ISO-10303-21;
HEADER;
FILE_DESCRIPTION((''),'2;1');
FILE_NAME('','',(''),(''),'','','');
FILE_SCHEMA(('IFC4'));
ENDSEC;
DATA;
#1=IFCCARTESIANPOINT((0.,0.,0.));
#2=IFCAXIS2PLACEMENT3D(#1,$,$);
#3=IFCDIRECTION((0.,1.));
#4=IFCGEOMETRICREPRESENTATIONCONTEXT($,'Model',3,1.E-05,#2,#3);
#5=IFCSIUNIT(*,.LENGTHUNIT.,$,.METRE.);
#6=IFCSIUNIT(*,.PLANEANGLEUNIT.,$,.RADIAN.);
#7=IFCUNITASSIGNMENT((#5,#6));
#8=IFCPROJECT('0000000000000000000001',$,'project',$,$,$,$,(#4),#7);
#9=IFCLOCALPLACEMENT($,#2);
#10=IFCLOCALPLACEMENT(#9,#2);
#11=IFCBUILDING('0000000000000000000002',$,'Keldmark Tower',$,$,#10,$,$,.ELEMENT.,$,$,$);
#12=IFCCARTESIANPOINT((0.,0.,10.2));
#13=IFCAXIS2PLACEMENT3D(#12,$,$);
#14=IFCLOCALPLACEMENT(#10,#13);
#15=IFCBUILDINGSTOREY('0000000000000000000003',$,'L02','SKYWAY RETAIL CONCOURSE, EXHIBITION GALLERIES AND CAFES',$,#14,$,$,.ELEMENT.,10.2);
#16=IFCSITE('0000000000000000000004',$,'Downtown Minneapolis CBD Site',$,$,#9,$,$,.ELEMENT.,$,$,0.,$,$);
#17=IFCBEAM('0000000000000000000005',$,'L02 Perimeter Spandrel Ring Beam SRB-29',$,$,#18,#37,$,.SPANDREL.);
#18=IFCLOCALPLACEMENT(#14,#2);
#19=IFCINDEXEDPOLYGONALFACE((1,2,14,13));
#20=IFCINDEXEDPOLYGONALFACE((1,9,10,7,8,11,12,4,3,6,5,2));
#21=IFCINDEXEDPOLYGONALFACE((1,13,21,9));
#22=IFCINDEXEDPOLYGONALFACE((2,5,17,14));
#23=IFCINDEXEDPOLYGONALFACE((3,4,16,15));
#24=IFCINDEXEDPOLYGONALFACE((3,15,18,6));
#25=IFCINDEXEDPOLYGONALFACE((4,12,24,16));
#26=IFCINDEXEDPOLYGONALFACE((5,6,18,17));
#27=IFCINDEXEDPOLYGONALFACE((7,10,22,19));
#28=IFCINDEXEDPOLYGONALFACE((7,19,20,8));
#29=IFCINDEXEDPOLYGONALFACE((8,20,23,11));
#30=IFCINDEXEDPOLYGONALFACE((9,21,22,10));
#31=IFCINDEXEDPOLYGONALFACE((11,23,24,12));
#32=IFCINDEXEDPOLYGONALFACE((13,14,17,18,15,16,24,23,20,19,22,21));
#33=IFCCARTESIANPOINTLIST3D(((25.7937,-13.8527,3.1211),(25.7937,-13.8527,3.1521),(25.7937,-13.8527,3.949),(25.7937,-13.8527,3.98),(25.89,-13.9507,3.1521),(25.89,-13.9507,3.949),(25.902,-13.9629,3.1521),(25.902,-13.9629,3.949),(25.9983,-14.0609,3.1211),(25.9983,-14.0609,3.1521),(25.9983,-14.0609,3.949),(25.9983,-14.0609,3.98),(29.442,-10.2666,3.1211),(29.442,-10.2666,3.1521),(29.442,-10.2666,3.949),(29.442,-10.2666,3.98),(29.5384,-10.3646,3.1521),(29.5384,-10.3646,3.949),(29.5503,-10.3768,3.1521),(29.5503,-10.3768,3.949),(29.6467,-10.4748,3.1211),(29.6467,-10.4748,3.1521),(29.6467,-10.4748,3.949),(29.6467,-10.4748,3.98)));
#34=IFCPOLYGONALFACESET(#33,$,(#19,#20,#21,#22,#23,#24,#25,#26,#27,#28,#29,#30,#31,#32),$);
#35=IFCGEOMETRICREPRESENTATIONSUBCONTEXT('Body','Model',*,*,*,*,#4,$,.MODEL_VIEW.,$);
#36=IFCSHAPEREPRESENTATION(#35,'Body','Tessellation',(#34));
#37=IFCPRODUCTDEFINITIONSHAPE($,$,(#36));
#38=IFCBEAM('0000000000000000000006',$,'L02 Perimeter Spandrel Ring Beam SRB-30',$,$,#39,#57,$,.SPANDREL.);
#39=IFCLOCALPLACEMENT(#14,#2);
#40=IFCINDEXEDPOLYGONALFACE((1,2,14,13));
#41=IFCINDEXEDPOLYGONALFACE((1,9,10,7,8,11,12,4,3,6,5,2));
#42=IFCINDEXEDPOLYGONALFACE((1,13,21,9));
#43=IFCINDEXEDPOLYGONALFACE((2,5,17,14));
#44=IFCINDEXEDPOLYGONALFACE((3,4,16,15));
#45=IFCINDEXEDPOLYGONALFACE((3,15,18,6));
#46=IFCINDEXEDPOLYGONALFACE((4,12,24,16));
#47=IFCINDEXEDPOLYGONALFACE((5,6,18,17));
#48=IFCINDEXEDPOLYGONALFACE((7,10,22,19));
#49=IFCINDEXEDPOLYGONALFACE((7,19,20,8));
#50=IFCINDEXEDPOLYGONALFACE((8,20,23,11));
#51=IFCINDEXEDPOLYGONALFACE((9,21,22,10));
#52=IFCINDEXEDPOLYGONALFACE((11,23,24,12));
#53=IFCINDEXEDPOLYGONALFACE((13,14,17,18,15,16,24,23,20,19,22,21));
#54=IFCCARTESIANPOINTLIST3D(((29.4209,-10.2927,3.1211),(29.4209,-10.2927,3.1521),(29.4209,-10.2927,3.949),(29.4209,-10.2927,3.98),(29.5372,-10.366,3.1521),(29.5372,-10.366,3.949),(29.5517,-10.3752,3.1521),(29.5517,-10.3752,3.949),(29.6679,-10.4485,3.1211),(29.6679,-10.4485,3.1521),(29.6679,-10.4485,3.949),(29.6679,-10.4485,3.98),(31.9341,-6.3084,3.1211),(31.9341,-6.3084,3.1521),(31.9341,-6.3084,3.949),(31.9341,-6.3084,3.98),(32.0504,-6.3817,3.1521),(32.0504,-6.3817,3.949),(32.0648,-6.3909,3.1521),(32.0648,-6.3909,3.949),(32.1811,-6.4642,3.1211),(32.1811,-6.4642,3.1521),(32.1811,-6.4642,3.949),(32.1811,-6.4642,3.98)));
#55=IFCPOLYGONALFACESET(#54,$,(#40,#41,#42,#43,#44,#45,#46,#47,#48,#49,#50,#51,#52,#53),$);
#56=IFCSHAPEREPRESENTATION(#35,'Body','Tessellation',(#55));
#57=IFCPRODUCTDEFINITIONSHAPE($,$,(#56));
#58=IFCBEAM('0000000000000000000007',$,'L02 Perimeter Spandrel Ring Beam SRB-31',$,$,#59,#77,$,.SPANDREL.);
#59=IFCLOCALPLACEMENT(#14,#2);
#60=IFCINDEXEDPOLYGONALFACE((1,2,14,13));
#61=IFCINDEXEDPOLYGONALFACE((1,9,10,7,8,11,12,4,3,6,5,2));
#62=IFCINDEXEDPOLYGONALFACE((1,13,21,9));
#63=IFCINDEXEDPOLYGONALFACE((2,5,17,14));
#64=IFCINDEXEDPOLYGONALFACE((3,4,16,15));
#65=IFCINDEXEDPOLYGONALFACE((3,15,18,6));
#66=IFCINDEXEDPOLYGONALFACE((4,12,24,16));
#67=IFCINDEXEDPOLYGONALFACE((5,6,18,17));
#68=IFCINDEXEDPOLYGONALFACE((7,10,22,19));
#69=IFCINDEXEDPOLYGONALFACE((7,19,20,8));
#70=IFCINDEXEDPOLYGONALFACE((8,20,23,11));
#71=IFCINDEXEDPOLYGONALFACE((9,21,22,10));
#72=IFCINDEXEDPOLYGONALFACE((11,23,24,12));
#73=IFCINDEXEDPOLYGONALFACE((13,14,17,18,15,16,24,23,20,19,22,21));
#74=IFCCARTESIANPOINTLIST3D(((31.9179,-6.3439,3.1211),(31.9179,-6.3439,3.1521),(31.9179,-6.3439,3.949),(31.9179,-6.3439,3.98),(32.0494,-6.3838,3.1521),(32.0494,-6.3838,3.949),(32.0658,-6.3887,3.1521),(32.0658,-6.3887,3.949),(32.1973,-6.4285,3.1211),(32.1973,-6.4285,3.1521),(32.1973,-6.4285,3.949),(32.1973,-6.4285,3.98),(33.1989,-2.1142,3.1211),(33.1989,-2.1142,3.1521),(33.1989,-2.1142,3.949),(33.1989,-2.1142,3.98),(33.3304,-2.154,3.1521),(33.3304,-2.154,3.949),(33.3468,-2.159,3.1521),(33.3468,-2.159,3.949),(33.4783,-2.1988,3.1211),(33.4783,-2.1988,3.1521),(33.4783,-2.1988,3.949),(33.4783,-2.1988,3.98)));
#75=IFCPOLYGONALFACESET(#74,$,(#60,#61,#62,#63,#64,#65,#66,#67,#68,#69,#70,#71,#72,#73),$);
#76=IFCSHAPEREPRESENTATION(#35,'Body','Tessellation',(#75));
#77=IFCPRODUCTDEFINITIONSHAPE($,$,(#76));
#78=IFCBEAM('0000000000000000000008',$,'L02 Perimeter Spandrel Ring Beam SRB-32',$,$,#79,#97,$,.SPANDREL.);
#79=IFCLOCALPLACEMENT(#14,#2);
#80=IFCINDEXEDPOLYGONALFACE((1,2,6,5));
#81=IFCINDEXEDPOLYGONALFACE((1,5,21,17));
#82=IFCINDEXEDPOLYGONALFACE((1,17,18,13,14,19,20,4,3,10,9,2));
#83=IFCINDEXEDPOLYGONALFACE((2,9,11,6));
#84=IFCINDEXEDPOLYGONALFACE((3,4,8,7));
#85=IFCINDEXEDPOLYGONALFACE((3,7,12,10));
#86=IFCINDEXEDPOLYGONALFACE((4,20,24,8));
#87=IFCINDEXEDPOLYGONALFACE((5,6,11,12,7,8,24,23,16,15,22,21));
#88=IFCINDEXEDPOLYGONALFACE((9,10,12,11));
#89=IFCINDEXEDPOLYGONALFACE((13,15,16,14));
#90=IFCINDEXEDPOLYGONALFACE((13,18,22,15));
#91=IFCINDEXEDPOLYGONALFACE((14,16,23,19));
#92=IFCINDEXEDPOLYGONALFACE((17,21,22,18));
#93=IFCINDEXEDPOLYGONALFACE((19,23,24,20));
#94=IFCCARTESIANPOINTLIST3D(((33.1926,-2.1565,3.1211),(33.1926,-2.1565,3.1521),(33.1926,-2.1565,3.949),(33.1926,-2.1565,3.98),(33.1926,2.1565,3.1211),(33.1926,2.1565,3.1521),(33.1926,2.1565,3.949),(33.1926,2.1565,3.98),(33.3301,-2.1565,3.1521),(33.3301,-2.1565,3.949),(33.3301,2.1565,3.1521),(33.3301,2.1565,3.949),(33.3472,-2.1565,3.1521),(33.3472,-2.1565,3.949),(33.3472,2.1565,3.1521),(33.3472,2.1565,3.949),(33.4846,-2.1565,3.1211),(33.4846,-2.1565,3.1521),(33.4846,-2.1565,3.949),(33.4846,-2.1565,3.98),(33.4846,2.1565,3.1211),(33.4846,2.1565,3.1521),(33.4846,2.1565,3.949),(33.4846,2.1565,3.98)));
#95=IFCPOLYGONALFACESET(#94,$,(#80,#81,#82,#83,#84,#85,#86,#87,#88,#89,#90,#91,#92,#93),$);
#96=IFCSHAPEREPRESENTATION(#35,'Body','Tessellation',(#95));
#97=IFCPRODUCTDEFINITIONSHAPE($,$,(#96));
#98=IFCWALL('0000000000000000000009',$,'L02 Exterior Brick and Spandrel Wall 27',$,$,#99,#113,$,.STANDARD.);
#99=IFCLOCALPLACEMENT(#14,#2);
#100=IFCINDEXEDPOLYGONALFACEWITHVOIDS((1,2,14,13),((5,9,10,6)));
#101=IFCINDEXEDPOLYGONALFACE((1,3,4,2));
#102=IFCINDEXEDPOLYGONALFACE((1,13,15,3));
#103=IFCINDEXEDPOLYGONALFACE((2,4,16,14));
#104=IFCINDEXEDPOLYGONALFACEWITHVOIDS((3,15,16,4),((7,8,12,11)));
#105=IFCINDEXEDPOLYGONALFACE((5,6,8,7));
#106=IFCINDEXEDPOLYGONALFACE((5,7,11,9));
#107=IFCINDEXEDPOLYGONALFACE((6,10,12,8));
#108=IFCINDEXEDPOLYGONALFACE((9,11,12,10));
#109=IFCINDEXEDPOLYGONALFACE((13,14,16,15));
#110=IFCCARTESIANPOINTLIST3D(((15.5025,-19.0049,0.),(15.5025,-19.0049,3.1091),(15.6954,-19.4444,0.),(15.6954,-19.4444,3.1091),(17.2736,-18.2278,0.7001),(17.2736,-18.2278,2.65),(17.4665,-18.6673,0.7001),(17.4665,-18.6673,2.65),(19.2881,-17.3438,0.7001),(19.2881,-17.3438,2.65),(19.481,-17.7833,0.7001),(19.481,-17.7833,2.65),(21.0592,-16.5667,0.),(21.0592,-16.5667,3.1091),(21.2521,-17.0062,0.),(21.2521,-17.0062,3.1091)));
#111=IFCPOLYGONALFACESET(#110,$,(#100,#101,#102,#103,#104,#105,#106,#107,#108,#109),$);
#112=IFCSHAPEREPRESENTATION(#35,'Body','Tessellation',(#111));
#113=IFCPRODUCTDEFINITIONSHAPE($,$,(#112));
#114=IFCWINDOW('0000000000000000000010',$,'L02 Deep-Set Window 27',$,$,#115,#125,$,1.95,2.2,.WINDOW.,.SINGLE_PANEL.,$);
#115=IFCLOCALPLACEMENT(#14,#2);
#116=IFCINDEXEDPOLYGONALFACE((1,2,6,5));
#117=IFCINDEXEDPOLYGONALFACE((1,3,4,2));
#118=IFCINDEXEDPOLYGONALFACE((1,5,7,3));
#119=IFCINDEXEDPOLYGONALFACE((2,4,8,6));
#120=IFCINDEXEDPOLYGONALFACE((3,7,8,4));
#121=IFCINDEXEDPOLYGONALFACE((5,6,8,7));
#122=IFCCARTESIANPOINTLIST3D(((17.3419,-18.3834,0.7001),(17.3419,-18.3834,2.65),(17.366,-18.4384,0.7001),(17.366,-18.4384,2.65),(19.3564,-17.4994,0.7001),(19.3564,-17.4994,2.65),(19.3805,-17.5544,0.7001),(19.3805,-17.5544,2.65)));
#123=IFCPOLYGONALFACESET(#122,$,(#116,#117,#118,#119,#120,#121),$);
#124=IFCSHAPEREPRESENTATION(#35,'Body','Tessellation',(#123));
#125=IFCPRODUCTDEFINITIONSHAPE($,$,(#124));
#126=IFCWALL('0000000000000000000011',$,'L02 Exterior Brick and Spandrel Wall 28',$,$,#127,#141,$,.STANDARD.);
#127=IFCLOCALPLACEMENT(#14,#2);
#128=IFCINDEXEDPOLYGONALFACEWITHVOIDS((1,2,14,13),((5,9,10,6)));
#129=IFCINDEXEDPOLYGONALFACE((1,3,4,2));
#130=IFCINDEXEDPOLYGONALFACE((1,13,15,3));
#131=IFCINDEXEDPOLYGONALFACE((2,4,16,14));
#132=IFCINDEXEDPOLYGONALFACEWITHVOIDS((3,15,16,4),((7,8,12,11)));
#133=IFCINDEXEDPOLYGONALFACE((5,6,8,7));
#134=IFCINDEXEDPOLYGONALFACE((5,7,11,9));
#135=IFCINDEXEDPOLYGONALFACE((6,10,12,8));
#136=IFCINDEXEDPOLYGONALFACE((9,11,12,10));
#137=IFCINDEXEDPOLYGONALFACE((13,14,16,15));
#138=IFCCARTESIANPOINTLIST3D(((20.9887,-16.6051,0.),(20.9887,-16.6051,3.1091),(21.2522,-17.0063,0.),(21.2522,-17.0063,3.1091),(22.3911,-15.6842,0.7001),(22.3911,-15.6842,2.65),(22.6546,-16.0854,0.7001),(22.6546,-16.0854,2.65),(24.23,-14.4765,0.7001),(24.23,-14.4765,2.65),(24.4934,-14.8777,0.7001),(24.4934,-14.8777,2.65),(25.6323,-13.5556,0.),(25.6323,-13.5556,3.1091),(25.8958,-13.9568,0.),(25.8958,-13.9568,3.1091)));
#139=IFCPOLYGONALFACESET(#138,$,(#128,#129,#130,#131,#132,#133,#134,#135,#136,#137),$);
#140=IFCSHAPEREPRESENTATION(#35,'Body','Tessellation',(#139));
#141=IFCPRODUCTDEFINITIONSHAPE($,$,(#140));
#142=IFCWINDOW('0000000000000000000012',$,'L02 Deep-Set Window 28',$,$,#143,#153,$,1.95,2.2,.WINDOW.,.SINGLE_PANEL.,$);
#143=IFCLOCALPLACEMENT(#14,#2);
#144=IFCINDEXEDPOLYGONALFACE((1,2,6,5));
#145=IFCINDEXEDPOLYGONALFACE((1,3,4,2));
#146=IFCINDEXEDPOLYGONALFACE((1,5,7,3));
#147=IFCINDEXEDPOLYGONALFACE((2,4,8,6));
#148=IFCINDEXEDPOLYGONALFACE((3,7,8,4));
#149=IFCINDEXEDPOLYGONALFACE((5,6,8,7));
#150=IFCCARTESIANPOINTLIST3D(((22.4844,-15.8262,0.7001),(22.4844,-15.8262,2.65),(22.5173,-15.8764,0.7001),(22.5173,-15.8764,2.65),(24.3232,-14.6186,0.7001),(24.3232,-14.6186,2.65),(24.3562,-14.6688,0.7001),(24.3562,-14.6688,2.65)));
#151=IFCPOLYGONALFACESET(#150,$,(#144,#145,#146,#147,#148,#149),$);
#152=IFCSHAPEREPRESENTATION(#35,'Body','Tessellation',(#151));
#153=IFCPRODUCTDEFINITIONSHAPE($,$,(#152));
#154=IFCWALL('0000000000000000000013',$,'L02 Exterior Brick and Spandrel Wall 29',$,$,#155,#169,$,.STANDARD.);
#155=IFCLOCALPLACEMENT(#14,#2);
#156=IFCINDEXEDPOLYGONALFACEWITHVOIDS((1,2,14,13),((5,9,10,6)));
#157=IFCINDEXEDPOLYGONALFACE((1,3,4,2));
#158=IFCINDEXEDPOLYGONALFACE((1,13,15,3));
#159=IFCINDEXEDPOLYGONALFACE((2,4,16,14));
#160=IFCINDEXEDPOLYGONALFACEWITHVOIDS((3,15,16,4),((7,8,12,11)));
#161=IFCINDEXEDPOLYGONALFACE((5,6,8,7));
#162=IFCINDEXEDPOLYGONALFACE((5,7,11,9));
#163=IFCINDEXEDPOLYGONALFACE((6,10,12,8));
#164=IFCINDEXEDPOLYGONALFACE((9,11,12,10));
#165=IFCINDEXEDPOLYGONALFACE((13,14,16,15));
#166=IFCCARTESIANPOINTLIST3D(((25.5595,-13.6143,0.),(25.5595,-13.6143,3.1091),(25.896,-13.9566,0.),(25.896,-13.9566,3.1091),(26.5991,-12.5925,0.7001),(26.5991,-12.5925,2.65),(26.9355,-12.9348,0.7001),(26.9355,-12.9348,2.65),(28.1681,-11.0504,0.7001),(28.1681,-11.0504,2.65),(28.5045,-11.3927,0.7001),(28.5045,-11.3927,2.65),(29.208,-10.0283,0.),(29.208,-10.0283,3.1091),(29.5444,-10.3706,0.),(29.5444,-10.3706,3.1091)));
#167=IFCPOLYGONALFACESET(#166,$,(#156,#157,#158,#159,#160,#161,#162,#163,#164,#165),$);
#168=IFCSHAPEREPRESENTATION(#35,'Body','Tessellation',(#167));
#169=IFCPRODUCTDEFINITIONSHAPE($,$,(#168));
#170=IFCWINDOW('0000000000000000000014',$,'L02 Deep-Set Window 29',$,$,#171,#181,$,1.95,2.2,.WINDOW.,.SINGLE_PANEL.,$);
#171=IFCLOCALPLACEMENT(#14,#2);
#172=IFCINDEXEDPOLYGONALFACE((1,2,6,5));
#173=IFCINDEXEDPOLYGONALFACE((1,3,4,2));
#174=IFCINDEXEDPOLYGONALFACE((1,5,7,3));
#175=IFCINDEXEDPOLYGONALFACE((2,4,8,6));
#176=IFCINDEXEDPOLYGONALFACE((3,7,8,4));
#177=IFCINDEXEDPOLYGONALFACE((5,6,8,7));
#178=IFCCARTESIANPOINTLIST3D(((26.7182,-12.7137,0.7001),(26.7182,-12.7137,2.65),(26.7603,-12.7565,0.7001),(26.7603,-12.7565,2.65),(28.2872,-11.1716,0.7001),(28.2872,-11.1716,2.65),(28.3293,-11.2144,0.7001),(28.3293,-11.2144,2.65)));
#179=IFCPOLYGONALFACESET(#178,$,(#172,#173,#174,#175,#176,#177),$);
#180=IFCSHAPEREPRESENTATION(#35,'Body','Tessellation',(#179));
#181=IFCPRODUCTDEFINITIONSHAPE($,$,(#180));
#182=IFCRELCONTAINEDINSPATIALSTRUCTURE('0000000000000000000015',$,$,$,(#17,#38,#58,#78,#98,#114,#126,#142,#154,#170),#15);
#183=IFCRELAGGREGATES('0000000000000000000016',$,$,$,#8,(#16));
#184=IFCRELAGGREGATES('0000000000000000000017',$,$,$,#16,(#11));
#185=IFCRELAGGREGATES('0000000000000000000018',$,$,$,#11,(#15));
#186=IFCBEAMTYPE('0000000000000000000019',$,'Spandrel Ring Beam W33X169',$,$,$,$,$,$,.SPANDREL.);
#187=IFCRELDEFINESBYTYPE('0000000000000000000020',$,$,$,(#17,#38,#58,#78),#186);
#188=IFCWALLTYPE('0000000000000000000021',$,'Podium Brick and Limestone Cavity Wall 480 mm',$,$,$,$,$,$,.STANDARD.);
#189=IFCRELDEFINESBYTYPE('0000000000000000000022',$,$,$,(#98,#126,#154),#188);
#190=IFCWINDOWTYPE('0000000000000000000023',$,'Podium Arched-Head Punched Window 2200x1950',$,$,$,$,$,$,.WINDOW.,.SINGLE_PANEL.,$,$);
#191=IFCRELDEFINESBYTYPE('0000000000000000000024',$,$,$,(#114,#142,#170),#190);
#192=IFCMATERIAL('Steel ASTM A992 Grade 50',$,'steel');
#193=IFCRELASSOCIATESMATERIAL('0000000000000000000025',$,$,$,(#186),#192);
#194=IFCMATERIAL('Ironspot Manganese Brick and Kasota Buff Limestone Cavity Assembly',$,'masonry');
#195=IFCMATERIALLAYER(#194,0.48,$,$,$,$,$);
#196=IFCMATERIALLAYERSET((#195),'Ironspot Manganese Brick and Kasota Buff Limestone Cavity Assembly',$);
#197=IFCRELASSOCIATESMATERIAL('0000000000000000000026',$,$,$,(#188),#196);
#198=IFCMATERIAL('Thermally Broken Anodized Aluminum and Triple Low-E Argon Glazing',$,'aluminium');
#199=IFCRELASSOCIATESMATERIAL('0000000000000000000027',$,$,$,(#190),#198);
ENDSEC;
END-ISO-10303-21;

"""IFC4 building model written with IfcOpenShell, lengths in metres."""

from ifc_helpers import new_model, si_unit, direction, frame, frame_2d, origin, origin_2d, place, context, subcontext, project, spatial, rectangle, i_section, extrude, material, layer, layer_set, material_profile, profile_set, type_object, element, fill, save


model = new_model("IFC4")

# Units and contexts
model_context = context("Model", 3, precision=1e-05, world=origin(), true_north=direction((0.0, 1.0)))
body_context = subcontext(model_context, "Body", "Model", "MODEL_VIEW")
ifc_project = project(units=[si_unit("LENGTHUNIT", "METRE"), si_unit("PLANEANGLEUNIT", "RADIAN")], contexts=[model_context])

# Site, building, storey
site_placement = place(None, origin())
site = spatial("IfcSite", under=ifc_project, at=site_placement, Name="Downtown Minneapolis CBD Site", CompositionType="ELEMENT", RefElevation=0.0)
building_placement = place(site_placement, origin())
building = spatial("IfcBuilding", under=site, at=building_placement, Name="Keldmark Tower", CompositionType="ELEMENT")
storey_placement = place(building_placement, frame((0.0, 0.0, 10.2)))
storey = spatial("IfcBuildingStorey", under=building, at=storey_placement, Name="L02", Description="SKYWAY RETAIL CONCOURSE, EXHIBITION GALLERIES AND CAFES", CompositionType="ELEMENT", Elevation=10.2)

# Beams
ifc_material_1 = material(Name="Steel ASTM A992 Grade 50", Category="steel")
ifc_material_profile_1 = material_profile(ifc_material_1, i_section(OverallWidth=0.292, OverallDepth=0.8589, WebThickness=0.0171, FlangeThickness=0.031, at=origin_2d()), Name="W33X169")
ifc_profile_set_1 = profile_set([ifc_material_profile_1], Name="Steel ASTM A992 Grade 50")
beam_type_1 = type_object("IfcBeamType", Name="Spandrel Ring Beam W33X169", PredefinedType="SPANDREL", material=ifc_profile_set_1)
beam_1_placement = place(storey_placement, frame((25.896, -13.9568, 3.5505), z_axis=(0.713165, 0.700996, 0.0), x_axis=(-0.700996, 0.713165, 0.0)))
element("IfcBeam", 1, at=beam_1_placement, inside=storey, type_object=beam_type_1, Name="L02 Perimeter Spandrel Ring Beam SRB-29", PredefinedType="SPANDREL", context=body_context, shape_type="SweptSolid", body=[
    extrude(i_section(OverallWidth=0.292, OverallDepth=0.8589, WebThickness=0.0171, FlangeThickness=0.031, at=origin_2d()), origin(), (0.0, 0.0, 1.0), 5.1157),
])
beam_2_placement = place(storey_placement, frame((29.5444, -10.3706, 3.5505), z_axis=(0.533498, 0.845802, 0.0), x_axis=(-0.845802, 0.533498, 0.0)))
element("IfcBeam", 2, at=beam_2_placement, inside=storey, type_object=beam_type_1, Name="L02 Perimeter Spandrel Ring Beam SRB-30", PredefinedType="SPANDREL", context=body_context, shape_type="SweptSolid", body=[
    extrude(i_section(OverallWidth=0.292, OverallDepth=0.8589, WebThickness=0.0171, FlangeThickness=0.031, at=origin_2d()), origin(), (0.0, 0.0, 1.0), 4.7107),
])
beam_3_placement = place(storey_placement, frame((32.0576, -6.3862, 3.5505), z_axis=(0.289856, 0.95707, 0.0), x_axis=(-0.95707, 0.289856, 0.0)))
element("IfcBeam", 3, at=beam_3_placement, inside=storey, type_object=beam_type_1, Name="L02 Perimeter Spandrel Ring Beam SRB-31", PredefinedType="SPANDREL", context=body_context, shape_type="SweptSolid", body=[
    extrude(i_section(OverallWidth=0.292, OverallDepth=0.8589, WebThickness=0.0171, FlangeThickness=0.031, at=origin_2d()), origin(), (0.0, 0.0, 1.0), 4.4194),
])
beam_4_placement = place(storey_placement, frame((33.3386, -2.1565, 3.5505), z_axis=(0.0, 1.0, 0.0), x_axis=(-1.0, 0.0, 0.0)))
element("IfcBeam", 4, at=beam_4_placement, inside=storey, type_object=beam_type_1, Name="L02 Perimeter Spandrel Ring Beam SRB-32", PredefinedType="SPANDREL", context=body_context, shape_type="SweptSolid", body=[
    extrude(i_section(OverallWidth=0.292, OverallDepth=0.8589, WebThickness=0.0171, FlangeThickness=0.031, at=origin_2d()), origin(), (0.0, 0.0, 1.0), 4.313),
])

# Walls, openings, windows
ifc_material_2 = material(Name="Ironspot Manganese Brick and Kasota Buff Limestone Cavity Assembly", Category="masonry")
ifc_layer_1 = layer(ifc_material_2, 0.48)
ifc_layer_set_1 = layer_set([ifc_layer_1], Name="Ironspot Manganese Brick and Kasota Buff Limestone Cavity Assembly")
wall_type = type_object("IfcWallType", Name="Podium Brick and Limestone Cavity Wall 480 mm", PredefinedType="STANDARD", material=ifc_layer_set_1)
wall_1_placement = place(storey_placement, frame((21.1558, -16.7864, 0.0), z_axis=(0.0, 0.0, 1.0), x_axis=(-0.915721, -0.401815, 0.0)))
wall_1 = element("IfcWall", 5, at=wall_1_placement, inside=storey, type_object=wall_type, Name="L02 Exterior Brick and Spandrel Wall 27", PredefinedType="STANDARD", context=body_context, shape_type="SweptSolid", body=[
    extrude(rectangle(XDim=6.0681, YDim=0.48, at=frame_2d((3.0342, 0.0))), origin(), (0.0, 0.0, 1.0), 3.1091),
])
opening_1_placement = place(wall_1_placement, frame((1.9341, 0.0, 0.7)))
opening_1 = element("IfcOpeningElement", 6, at=opening_1_placement, cuts=wall_1, PredefinedType="OPENING", context=body_context, shape_type="SweptSolid", body=[
    extrude(rectangle(XDim=2.2, YDim=1.95, at=frame_2d((1.1001, 0.9751))), frame((0.0, 0.25, 0.0), z_axis=(0.0, -1.0, 0.0), x_axis=(1.0, 0.0, 0.0)), (0.0, 0.0, 1.0), 0.5),
])
ifc_material_3 = material(Name="Thermally Broken Anodized Aluminum and Triple Low-E Argon Glazing", Category="aluminium")
window_type = type_object("IfcWindowType", Name="Podium Arched-Head Punched Window 2200x1950", PartitioningType="SINGLE_PANEL", PredefinedType="WINDOW", material=ifc_material_3)
window_1_placement = place(opening_1_placement, origin())
window_1 = element("IfcWindow", 7, at=window_1_placement, inside=storey, type_object=window_type, Name="L02 Deep-Set Window 27", OverallHeight=1.95, OverallWidth=2.2, PartitioningType="SINGLE_PANEL", PredefinedType="WINDOW", context=body_context, shape_type="SweptSolid", body=[
    extrude(rectangle(XDim=2.2, YDim=1.95, at=frame_2d((1.1001, 0.9751))), frame((0.0, -0.01, 0.0), z_axis=(0.0, -1.0, 0.0), x_axis=(1.0, 0.0, 0.0)), (0.0, 0.0, 1.0), 0.0601),
])
fill(opening_1, window_1)
wall_2_placement = place(storey_placement, frame((25.7642, -13.7561, 0.0), z_axis=(0.0, 0.0, 1.0), x_axis=(-0.835864, -0.548937, 0.0)))
wall_2 = element("IfcWall", 8, at=wall_2_placement, inside=storey, type_object=wall_type, Name="L02 Exterior Brick and Spandrel Wall 28", PredefinedType="STANDARD", context=body_context, shape_type="SweptSolid", body=[
    extrude(rectangle(XDim=5.5554, YDim=0.48, at=frame_2d((2.7778, 0.0))), origin(), (0.0, 0.0, 1.0), 3.1091),
])
opening_2_placement = place(wall_2_placement, frame((1.6777, 0.0, 0.7)))
opening_2 = element("IfcOpeningElement", 9, at=opening_2_placement, cuts=wall_2, PredefinedType="OPENING", context=body_context, shape_type="SweptSolid", body=[
    extrude(rectangle(XDim=2.2, YDim=1.95, at=frame_2d((1.1001, 0.9751))), frame((0.0, 0.25, 0.0), z_axis=(0.0, -1.0, 0.0), x_axis=(1.0, 0.0, 0.0)), (0.0, 0.0, 1.0), 0.5),
])
window_2_placement = place(opening_2_placement, origin())
window_2 = element("IfcWindow", 10, at=window_2_placement, inside=storey, type_object=window_type, Name="L02 Deep-Set Window 28", OverallHeight=1.95, OverallWidth=2.2, PartitioningType="SINGLE_PANEL", PredefinedType="WINDOW", context=body_context, shape_type="SweptSolid", body=[
    extrude(rectangle(XDim=2.2, YDim=1.95, at=frame_2d((1.1001, 0.9751))), frame((0.0, -0.01, 0.0), z_axis=(0.0, -1.0, 0.0), x_axis=(1.0, 0.0, 0.0)), (0.0, 0.0, 1.0), 0.0601),
])
fill(opening_2, window_2)
wall_3_placement = place(storey_placement, frame((29.3762, -10.1995, 0.0), z_axis=(0.0, 0.0, 1.0), x_axis=(-0.713189, -0.700972, 0.0)))
wall_3 = element("IfcWall", 11, at=wall_3_placement, inside=storey, type_object=wall_type, Name="L02 Exterior Brick and Spandrel Wall 29", PredefinedType="STANDARD", context=body_context, shape_type="SweptSolid", body=[
    extrude(rectangle(XDim=5.1157, YDim=0.48, at=frame_2d((2.5579, 0.0))), origin(), (0.0, 0.0, 1.0), 3.1091),
])
opening_3_placement = place(wall_3_placement, frame((1.458, 0.0, 0.7)))
opening_3 = element("IfcOpeningElement", 12, at=opening_3_placement, cuts=wall_3, PredefinedType="OPENING", context=body_context, shape_type="SweptSolid", body=[
    extrude(rectangle(XDim=2.2, YDim=1.95, at=frame_2d((1.1001, 0.9751))), frame((0.0, 0.25, 0.0), z_axis=(0.0, -1.0, 0.0), x_axis=(1.0, 0.0, 0.0)), (0.0, 0.0, 1.0), 0.5),
])
window_3_placement = place(opening_3_placement, origin())
window_3 = element("IfcWindow", 13, at=window_3_placement, inside=storey, type_object=window_type, Name="L02 Deep-Set Window 29", OverallHeight=1.95, OverallWidth=2.2, PartitioningType="SINGLE_PANEL", PredefinedType="WINDOW", context=body_context, shape_type="SweptSolid", body=[
    extrude(rectangle(XDim=2.2, YDim=1.95, at=frame_2d((1.1001, 0.9751))), frame((0.0, -0.01, 0.0), z_axis=(0.0, -1.0, 0.0), x_axis=(1.0, 0.0, 0.0)), (0.0, 0.0, 1.0), 0.0601),
])
fill(opening_3, window_3)

save(model, "model.ifc")
